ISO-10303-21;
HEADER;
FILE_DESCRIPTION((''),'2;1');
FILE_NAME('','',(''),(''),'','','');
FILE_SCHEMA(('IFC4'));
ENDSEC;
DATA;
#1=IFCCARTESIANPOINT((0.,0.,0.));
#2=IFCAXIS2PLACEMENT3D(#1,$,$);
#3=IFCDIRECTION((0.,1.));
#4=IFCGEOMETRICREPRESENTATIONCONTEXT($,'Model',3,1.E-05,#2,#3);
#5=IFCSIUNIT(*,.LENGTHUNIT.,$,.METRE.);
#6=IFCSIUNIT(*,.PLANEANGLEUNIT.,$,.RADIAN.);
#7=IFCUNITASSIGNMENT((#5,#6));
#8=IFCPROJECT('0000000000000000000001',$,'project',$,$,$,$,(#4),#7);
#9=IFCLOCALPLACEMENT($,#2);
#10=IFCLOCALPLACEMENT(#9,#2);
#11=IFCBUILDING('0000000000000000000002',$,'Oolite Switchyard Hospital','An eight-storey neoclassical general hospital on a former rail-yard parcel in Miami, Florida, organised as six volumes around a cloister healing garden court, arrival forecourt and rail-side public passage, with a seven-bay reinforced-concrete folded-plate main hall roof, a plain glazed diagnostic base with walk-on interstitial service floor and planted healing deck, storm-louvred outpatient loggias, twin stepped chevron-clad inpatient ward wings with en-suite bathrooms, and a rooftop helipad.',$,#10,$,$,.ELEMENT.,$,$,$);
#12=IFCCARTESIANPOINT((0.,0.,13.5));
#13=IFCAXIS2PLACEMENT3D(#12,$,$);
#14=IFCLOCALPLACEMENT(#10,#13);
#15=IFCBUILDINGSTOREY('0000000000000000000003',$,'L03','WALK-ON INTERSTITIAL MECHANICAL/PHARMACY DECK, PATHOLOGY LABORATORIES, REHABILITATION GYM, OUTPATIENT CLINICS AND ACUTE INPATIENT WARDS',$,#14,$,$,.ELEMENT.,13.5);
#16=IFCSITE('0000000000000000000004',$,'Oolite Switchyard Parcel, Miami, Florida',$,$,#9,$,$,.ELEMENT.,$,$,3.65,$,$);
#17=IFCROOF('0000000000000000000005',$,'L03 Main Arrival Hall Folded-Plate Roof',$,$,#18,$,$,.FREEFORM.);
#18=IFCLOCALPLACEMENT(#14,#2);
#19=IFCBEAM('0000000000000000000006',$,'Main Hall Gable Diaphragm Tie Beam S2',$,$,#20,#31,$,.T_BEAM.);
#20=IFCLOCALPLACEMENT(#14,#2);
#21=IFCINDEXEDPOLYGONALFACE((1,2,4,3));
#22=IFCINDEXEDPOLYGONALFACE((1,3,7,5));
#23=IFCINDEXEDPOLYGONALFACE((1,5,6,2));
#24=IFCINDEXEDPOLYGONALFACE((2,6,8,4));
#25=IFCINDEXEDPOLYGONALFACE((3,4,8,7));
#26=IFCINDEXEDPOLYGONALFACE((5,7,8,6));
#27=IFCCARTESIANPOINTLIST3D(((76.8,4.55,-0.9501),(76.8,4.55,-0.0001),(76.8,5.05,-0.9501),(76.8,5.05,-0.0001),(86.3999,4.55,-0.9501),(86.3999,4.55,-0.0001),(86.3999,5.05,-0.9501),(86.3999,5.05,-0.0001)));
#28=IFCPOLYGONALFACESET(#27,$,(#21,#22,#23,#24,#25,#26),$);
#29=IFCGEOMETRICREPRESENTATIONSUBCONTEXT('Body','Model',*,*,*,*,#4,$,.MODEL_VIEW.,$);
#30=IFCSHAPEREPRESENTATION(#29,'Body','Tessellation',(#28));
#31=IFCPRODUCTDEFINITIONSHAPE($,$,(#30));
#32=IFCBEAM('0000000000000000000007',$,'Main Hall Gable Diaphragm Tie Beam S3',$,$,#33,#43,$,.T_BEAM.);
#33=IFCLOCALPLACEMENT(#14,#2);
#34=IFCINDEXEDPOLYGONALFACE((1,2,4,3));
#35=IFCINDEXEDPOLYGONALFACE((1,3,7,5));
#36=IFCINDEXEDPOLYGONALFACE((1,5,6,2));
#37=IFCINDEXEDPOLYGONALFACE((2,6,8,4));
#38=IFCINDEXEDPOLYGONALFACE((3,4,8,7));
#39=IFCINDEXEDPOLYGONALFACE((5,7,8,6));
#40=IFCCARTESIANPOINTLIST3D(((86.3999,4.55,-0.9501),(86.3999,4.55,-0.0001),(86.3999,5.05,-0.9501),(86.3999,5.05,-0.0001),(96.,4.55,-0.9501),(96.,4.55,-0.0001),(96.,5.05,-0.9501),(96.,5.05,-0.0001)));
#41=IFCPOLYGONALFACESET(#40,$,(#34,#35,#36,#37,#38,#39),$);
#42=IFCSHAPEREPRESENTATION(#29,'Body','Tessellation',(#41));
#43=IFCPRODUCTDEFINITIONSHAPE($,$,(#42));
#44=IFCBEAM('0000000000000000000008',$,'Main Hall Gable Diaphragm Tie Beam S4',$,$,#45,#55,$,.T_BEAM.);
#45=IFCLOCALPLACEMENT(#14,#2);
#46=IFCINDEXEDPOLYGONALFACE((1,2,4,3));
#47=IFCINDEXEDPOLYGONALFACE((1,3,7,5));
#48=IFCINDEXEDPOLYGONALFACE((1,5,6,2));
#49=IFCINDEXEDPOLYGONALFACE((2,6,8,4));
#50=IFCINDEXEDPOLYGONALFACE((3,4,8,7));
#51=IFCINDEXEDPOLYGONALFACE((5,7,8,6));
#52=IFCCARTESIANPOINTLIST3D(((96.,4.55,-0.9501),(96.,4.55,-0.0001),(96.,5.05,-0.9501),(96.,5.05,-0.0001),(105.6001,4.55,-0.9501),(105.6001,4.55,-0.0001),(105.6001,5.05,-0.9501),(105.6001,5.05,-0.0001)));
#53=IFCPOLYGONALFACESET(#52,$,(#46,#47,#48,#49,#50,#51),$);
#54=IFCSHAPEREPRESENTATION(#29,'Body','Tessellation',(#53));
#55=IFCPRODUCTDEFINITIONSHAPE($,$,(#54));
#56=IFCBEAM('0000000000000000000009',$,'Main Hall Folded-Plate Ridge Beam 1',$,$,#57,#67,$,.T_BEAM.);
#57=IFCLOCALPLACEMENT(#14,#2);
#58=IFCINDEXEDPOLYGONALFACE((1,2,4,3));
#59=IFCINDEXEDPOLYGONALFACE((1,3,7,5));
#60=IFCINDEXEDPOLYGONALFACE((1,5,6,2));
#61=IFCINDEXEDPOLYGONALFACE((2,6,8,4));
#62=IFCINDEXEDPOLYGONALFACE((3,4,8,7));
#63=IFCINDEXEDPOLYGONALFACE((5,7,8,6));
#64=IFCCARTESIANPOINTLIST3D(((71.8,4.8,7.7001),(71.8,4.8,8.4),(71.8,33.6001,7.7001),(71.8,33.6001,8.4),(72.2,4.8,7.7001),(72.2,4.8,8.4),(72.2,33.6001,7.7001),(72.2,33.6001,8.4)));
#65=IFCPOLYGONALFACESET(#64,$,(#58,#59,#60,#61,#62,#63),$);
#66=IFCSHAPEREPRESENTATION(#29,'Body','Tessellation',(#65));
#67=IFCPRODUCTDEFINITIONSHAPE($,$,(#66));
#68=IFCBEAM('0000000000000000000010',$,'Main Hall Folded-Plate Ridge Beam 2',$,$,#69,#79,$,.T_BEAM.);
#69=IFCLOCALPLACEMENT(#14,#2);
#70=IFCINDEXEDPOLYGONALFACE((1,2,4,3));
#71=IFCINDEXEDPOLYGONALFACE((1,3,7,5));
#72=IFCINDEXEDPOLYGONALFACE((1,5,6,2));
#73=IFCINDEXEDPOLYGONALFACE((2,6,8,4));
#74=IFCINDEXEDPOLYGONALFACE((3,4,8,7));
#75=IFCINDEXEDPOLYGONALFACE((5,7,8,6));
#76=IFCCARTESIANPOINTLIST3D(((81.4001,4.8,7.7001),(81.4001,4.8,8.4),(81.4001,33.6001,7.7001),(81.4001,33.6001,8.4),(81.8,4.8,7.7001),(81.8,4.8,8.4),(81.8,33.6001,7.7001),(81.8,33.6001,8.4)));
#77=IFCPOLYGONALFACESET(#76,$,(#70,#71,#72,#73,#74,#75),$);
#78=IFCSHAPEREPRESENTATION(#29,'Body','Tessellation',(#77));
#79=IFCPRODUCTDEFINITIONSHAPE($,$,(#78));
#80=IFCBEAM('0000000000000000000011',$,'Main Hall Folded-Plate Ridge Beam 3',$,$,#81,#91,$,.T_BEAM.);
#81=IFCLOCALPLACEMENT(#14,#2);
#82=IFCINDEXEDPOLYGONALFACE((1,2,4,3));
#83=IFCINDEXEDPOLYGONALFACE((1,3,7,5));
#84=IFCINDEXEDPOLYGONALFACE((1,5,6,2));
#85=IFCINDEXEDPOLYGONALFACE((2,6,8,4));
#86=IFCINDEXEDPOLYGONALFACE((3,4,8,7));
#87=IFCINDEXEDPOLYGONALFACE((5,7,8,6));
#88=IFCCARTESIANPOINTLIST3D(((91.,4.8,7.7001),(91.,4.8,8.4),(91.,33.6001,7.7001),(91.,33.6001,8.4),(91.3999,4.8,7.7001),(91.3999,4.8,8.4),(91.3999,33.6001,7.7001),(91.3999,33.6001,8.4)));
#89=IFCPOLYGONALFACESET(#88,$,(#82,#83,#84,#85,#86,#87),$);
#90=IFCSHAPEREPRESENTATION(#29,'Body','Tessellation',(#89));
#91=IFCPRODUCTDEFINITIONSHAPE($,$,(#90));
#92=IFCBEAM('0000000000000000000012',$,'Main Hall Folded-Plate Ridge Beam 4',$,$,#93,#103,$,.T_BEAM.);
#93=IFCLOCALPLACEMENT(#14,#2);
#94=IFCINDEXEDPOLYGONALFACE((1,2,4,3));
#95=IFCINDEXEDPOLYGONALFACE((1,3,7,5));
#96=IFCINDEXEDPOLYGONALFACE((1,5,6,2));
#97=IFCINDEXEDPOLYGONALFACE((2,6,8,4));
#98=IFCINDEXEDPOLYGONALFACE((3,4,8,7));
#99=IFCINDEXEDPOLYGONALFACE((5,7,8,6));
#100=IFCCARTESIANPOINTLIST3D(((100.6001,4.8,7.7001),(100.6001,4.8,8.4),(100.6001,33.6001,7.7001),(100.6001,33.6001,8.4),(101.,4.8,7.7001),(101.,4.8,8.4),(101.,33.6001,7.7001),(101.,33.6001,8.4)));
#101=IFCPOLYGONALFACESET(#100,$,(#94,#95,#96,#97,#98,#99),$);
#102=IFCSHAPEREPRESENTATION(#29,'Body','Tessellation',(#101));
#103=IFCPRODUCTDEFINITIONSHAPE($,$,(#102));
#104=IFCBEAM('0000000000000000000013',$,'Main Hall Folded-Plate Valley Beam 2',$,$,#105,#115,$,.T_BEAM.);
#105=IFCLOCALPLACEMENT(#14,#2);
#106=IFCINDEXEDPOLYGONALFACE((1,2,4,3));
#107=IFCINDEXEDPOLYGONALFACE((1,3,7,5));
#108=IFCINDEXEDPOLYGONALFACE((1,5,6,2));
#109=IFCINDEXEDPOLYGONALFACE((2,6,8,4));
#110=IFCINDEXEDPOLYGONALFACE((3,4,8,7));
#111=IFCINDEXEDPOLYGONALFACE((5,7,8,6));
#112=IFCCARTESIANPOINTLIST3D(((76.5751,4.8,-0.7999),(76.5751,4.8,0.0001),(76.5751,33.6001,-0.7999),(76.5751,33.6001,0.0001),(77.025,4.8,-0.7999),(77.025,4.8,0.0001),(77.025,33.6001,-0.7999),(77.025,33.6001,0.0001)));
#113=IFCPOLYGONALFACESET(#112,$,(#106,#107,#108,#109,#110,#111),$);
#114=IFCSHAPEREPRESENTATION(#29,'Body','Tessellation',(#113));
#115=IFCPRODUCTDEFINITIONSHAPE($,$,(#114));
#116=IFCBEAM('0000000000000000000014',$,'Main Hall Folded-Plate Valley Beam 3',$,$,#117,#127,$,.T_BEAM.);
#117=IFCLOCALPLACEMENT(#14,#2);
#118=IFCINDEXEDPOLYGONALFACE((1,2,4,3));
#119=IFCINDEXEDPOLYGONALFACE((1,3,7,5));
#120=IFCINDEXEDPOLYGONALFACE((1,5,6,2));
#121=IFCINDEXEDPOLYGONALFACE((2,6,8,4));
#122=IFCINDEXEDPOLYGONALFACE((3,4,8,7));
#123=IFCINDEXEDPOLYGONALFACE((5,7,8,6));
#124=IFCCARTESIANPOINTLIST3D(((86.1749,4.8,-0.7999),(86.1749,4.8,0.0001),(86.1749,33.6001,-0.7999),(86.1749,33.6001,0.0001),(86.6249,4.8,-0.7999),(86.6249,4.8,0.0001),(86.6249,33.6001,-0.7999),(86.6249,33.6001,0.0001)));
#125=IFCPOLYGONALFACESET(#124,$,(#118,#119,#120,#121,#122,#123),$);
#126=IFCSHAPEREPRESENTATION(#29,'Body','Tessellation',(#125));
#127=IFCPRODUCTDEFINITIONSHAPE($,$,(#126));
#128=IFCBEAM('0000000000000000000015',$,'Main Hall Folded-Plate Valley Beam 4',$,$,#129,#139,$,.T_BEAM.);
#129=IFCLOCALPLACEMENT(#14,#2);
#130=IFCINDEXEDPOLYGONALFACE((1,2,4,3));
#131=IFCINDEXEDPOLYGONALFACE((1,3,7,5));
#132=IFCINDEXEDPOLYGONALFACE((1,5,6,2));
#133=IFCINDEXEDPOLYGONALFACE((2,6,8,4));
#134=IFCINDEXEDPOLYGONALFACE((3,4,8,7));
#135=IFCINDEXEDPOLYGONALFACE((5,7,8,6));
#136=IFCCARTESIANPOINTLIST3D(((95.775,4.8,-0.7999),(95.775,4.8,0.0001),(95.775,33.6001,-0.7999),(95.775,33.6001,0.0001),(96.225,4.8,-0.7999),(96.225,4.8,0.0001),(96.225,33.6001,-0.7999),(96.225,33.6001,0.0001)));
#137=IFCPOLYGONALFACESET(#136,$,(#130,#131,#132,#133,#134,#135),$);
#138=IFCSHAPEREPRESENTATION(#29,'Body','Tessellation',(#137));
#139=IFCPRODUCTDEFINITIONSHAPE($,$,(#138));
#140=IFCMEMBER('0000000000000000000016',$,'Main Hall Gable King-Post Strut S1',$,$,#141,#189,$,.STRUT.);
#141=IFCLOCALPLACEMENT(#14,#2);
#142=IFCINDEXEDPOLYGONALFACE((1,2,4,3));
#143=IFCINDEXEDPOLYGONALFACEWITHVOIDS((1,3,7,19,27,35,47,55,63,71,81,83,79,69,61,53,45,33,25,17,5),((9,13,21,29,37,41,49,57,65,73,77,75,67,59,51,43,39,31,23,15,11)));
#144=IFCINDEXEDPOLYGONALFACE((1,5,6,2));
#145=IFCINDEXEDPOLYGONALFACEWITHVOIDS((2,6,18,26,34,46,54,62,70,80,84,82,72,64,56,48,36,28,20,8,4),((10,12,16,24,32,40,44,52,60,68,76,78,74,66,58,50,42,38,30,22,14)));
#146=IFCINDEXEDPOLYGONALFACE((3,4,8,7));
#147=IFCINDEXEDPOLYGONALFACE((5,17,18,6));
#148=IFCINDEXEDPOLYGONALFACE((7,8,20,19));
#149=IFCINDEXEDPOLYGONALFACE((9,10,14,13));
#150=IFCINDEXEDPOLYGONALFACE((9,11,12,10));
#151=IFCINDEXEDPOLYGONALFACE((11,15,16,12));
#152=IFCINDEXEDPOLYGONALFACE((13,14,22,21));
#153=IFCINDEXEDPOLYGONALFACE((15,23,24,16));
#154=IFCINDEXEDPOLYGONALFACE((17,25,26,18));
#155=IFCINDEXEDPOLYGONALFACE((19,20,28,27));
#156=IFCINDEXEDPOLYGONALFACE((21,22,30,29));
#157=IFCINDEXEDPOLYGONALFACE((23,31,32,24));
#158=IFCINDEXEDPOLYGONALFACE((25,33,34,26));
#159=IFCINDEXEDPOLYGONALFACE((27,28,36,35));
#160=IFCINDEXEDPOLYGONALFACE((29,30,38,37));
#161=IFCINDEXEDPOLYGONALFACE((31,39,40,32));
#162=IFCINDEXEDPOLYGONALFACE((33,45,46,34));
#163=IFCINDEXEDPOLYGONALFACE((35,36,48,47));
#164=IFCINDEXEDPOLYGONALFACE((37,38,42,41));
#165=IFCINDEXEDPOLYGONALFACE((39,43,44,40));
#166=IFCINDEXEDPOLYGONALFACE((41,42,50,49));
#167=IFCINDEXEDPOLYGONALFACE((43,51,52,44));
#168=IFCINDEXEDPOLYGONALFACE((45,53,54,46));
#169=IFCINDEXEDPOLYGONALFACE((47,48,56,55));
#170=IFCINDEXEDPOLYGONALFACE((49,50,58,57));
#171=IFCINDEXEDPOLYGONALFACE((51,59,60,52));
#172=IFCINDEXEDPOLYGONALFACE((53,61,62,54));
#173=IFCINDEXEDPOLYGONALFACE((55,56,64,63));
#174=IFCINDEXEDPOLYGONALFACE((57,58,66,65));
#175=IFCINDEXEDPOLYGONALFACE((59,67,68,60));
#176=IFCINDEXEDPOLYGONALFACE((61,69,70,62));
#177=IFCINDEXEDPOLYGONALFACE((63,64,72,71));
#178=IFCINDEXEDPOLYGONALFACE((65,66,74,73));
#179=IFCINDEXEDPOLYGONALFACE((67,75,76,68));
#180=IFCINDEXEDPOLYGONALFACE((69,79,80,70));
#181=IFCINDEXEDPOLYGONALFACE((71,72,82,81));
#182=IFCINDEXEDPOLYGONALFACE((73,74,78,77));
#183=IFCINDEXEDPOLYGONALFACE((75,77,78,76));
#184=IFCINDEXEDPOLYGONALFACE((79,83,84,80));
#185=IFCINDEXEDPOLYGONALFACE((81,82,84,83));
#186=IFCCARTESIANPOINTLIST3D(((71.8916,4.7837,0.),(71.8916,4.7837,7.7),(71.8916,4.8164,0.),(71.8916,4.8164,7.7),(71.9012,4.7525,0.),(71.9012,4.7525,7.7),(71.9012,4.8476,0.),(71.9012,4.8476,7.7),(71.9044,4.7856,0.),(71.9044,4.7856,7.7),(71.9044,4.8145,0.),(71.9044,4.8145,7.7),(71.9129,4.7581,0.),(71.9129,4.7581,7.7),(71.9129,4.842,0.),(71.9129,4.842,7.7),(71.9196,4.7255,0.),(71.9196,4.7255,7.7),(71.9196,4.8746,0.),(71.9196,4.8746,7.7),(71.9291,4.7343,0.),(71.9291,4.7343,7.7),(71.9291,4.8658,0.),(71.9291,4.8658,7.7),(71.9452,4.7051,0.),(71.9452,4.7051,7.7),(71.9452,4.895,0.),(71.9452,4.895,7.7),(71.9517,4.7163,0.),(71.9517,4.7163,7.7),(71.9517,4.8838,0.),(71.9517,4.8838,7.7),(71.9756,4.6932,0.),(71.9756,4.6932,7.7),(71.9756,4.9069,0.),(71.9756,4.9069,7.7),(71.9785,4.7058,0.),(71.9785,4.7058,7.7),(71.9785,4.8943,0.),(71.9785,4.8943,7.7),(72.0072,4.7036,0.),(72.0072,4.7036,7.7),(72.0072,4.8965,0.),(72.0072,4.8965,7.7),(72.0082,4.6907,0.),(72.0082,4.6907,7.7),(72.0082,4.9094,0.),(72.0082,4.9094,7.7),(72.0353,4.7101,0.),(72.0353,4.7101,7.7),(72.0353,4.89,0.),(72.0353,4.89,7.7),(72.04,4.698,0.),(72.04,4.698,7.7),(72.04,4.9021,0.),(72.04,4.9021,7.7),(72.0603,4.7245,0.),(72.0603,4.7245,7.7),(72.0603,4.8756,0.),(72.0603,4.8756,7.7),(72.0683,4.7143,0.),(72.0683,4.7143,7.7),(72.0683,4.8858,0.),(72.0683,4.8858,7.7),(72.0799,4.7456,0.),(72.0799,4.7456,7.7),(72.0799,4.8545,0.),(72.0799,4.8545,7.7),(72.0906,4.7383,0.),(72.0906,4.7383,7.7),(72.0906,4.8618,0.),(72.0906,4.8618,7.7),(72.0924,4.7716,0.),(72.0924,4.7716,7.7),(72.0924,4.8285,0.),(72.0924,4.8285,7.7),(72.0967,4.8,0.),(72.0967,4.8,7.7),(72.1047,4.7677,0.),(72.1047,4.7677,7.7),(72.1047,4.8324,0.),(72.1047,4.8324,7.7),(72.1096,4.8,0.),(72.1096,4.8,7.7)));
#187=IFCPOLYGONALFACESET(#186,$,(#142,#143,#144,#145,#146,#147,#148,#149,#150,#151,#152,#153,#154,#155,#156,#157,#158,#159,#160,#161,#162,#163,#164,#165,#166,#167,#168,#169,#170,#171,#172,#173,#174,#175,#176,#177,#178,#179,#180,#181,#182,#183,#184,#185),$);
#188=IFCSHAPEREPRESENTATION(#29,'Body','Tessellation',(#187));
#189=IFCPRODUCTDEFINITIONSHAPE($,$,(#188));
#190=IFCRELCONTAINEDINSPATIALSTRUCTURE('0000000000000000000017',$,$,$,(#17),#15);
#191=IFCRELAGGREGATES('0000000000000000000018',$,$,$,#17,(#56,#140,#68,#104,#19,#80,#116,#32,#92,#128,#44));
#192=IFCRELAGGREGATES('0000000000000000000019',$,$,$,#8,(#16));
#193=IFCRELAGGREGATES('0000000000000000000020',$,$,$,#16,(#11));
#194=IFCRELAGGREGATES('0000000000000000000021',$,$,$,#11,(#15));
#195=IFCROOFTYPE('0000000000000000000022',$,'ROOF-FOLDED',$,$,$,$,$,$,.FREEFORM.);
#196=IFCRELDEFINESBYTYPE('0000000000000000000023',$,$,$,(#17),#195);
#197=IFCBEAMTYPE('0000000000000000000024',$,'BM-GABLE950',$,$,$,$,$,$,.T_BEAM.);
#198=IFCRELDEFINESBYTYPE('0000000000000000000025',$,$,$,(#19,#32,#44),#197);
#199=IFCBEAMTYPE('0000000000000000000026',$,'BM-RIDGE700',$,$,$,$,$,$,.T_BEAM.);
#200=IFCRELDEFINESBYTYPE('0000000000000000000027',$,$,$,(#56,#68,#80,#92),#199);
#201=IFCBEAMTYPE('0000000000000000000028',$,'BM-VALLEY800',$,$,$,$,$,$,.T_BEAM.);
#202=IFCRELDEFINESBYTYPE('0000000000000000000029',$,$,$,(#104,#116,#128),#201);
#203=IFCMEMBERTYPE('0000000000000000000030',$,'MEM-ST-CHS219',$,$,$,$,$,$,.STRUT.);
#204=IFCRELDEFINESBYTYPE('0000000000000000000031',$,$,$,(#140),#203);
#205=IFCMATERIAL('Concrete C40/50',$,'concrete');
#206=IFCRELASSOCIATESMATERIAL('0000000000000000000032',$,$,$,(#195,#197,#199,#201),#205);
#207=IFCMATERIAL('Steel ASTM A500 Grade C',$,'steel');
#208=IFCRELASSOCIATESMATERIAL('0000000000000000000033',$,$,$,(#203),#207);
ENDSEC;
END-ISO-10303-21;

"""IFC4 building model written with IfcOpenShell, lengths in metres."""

from ifc_helpers import new_model, si_unit, direction, frame, origin, origin_2d, place, context, subcontext, project, spatial, rectangle, hollow_circle, extrude, material, material_profile, profile_set, type_object, element, aggregate, save


model = new_model("IFC4")

# Units and contexts
model_context = context("Model", 3, precision=1e-05, world=origin(), true_north=direction((0.0, 1.0)))
body_context = subcontext(model_context, "Body", "Model", "MODEL_VIEW")
ifc_project = project(units=[si_unit("LENGTHUNIT", "METRE"), si_unit("PLANEANGLEUNIT", "RADIAN")], contexts=[model_context])

# Site, building, storey
site_placement = place(None, origin())
site = spatial("IfcSite", under=ifc_project, at=site_placement, Name="Oolite Switchyard Parcel, Miami, Florida", CompositionType="ELEMENT", RefElevation=3.65)
building_placement = place(site_placement, origin())
building = spatial("IfcBuilding", under=site, at=building_placement, Name="Oolite Switchyard Hospital", Description="An eight-storey neoclassical general hospital on a former rail-yard parcel in Miami, Florida, organised as six volumes around a cloister healing garden court, arrival forecourt and rail-side public passage, with a seven-bay reinforced-concrete folded-plate main hall roof, a plain glazed diagnostic base with walk-on interstitial service floor and planted healing deck, storm-louvred outpatient loggias, twin stepped chevron-clad inpatient ward wings with en-suite bathrooms, and a rooftop helipad.", CompositionType="ELEMENT")
storey_placement = place(building_placement, frame((0.0, 0.0, 13.5)))
storey = spatial("IfcBuildingStorey", under=building, at=storey_placement, Name="L03", Description="WALK-ON INTERSTITIAL MECHANICAL/PHARMACY DECK, PATHOLOGY LABORATORIES, REHABILITATION GYM, OUTPATIENT CLINICS AND ACUTE INPATIENT WARDS", CompositionType="ELEMENT", Elevation=13.5)

# Roof, beams, member
ifc_material_1 = material(Name="Concrete C40/50", Category="concrete")
roof_type = type_object("IfcRoofType", Name="ROOF-FOLDED", PredefinedType="FREEFORM", material=ifc_material_1)
roof_placement = place(storey_placement, origin())
roof = element("IfcRoof", 1, at=roof_placement, inside=storey, type_object=roof_type, Name="L03 Main Arrival Hall Folded-Plate Roof", PredefinedType="FREEFORM")
ifc_material_profile_1 = material_profile(ifc_material_1, rectangle(XDim=0.5, YDim=0.95, at=origin_2d()), Name="RCG500X950")
ifc_profile_set_1 = profile_set([ifc_material_profile_1], Name="Concrete C40/50")
beam_type_1 = type_object("IfcBeamType", Name="BM-GABLE950", PredefinedType="T_BEAM", material=ifc_profile_set_1)
beam_1_placement = place(storey_placement, frame((76.8, 4.8, -0.4751), z_axis=(1.0, 0.0, 0.0), x_axis=(0.0, 1.0, 0.0)))
beam_1 = element("IfcBeam", 2, at=beam_1_placement, type_object=beam_type_1, Name="Main Hall Gable Diaphragm Tie Beam S2", PredefinedType="T_BEAM", context=body_context, shape_type="SweptSolid", body=[
    extrude(rectangle(XDim=0.5, YDim=0.95, at=origin_2d()), origin(), (0.0, 0.0, 1.0), 9.5999),
])
beam_2_placement = place(storey_placement, frame((86.3999, 4.8, -0.4751), z_axis=(1.0, 0.0, 0.0), x_axis=(0.0, 1.0, 0.0)))
beam_2 = element("IfcBeam", 3, at=beam_2_placement, type_object=beam_type_1, Name="Main Hall Gable Diaphragm Tie Beam S3", PredefinedType="T_BEAM", context=body_context, shape_type="SweptSolid", body=[
    extrude(rectangle(XDim=0.5, YDim=0.95, at=origin_2d()), origin(), (0.0, 0.0, 1.0), 9.6001),
])
beam_3_placement = place(storey_placement, frame((96.0, 4.8, -0.4751), z_axis=(1.0, 0.0, 0.0), x_axis=(0.0, 1.0, 0.0)))
beam_3 = element("IfcBeam", 4, at=beam_3_placement, type_object=beam_type_1, Name="Main Hall Gable Diaphragm Tie Beam S4", PredefinedType="T_BEAM", context=body_context, shape_type="SweptSolid", body=[
    extrude(rectangle(XDim=0.5, YDim=0.95, at=origin_2d()), origin(), (0.0, 0.0, 1.0), 9.6001),
])
ifc_material_profile_2 = material_profile(ifc_material_1, rectangle(XDim=0.3999, YDim=0.7, at=origin_2d()), Name="RCR400X700")
ifc_profile_set_2 = profile_set([ifc_material_profile_2], Name="Concrete C40/50")
beam_type_2 = type_object("IfcBeamType", Name="BM-RIDGE700", PredefinedType="T_BEAM", material=ifc_profile_set_2)
beam_4_placement = place(storey_placement, frame((72.0, 4.8, 8.05), z_axis=(0.0, 1.0, 0.0), x_axis=(-1.0, 0.0, 0.0)))
beam_4 = element("IfcBeam", 5, at=beam_4_placement, type_object=beam_type_2, Name="Main Hall Folded-Plate Ridge Beam 1", PredefinedType="T_BEAM", context=body_context, shape_type="SweptSolid", body=[
    extrude(rectangle(XDim=0.3999, YDim=0.7, at=origin_2d()), origin(), (0.0, 0.0, 1.0), 28.8),
])
beam_5_placement = place(storey_placement, frame((81.6001, 4.8, 8.05), z_axis=(0.0, 1.0, 0.0), x_axis=(-1.0, 0.0, 0.0)))
beam_5 = element("IfcBeam", 6, at=beam_5_placement, type_object=beam_type_2, Name="Main Hall Folded-Plate Ridge Beam 2", PredefinedType="T_BEAM", context=body_context, shape_type="SweptSolid", body=[
    extrude(rectangle(XDim=0.3999, YDim=0.7, at=origin_2d()), origin(), (0.0, 0.0, 1.0), 28.8),
])
beam_6_placement = place(storey_placement, frame((91.2, 4.8, 8.05), z_axis=(0.0, 1.0, 0.0), x_axis=(-1.0, 0.0, 0.0)))
beam_6 = element("IfcBeam", 7, at=beam_6_placement, type_object=beam_type_2, Name="Main Hall Folded-Plate Ridge Beam 3", PredefinedType="T_BEAM", context=body_context, shape_type="SweptSolid", body=[
    extrude(rectangle(XDim=0.3999, YDim=0.7, at=origin_2d()), origin(), (0.0, 0.0, 1.0), 28.8),
])
beam_7_placement = place(storey_placement, frame((100.8, 4.8, 8.05), z_axis=(0.0, 1.0, 0.0), x_axis=(-1.0, 0.0, 0.0)))
beam_7 = element("IfcBeam", 8, at=beam_7_placement, type_object=beam_type_2, Name="Main Hall Folded-Plate Ridge Beam 4", PredefinedType="T_BEAM", context=body_context, shape_type="SweptSolid", body=[
    extrude(rectangle(XDim=0.3999, YDim=0.7, at=origin_2d()), origin(), (0.0, 0.0, 1.0), 28.8),
])
ifc_material_profile_3 = material_profile(ifc_material_1, rectangle(XDim=0.45, YDim=0.8, at=origin_2d()), Name="RCV450X800")
ifc_profile_set_3 = profile_set([ifc_material_profile_3], Name="Concrete C40/50")
beam_type_3 = type_object("IfcBeamType", Name="BM-VALLEY800", PredefinedType="T_BEAM", material=ifc_profile_set_3)
beam_8_placement = place(storey_placement, frame((76.8, 4.8, -0.3999), z_axis=(0.0, 1.0, 0.0), x_axis=(-1.0, 0.0, 0.0)))
beam_8 = element("IfcBeam", 9, at=beam_8_placement, type_object=beam_type_3, Name="Main Hall Folded-Plate Valley Beam 2", PredefinedType="T_BEAM", context=body_context, shape_type="SweptSolid", body=[
    extrude(rectangle(XDim=0.45, YDim=0.8, at=origin_2d()), origin(), (0.0, 0.0, 1.0), 28.8),
])
beam_9_placement = place(storey_placement, frame((86.3999, 4.8, -0.3999), z_axis=(0.0, 1.0, 0.0), x_axis=(-1.0, 0.0, 0.0)))
beam_9 = element("IfcBeam", 10, at=beam_9_placement, type_object=beam_type_3, Name="Main Hall Folded-Plate Valley Beam 3", PredefinedType="T_BEAM", context=body_context, shape_type="SweptSolid", body=[
    extrude(rectangle(XDim=0.45, YDim=0.8, at=origin_2d()), origin(), (0.0, 0.0, 1.0), 28.8),
])
beam_10_placement = place(storey_placement, frame((96.0, 4.8, -0.3999), z_axis=(0.0, 1.0, 0.0), x_axis=(-1.0, 0.0, 0.0)))
beam_10 = element("IfcBeam", 11, at=beam_10_placement, type_object=beam_type_3, Name="Main Hall Folded-Plate Valley Beam 4", PredefinedType="T_BEAM", context=body_context, shape_type="SweptSolid", body=[
    extrude(rectangle(XDim=0.45, YDim=0.8, at=origin_2d()), origin(), (0.0, 0.0, 1.0), 28.8),
])
ifc_material_2 = material(Name="Steel ASTM A500 Grade C", Category="steel")
ifc_material_profile_4 = material_profile(ifc_material_2, hollow_circle(Radius=0.1096, WallThickness=0.0129, at=origin_2d()), Name="HSS219X13")
ifc_profile_set_4 = profile_set([ifc_material_profile_4], Name="Steel ASTM A500 Grade C")
member_type = type_object("IfcMemberType", Name="MEM-ST-CHS219", PredefinedType="STRUT", material=ifc_profile_set_4)
member_1_placement = place(storey_placement, frame((72.0, 4.8, 0.0), z_axis=(0.0, 0.0, 1.0), x_axis=(1.0, 0.0, 0.0)))
member_1 = element("IfcMember", 12, at=member_1_placement, type_object=member_type, Name="Main Hall Gable King-Post Strut S1", PredefinedType="STRUT", context=body_context, shape_type="SweptSolid", body=[
    extrude(hollow_circle(Radius=0.1096, WallThickness=0.0129, at=origin_2d()), origin(), (0.0, 0.0, 1.0), 7.7),
])

aggregate(roof, [beam_4, member_1, beam_5, beam_8, beam_1, beam_6, beam_9, beam_2, beam_7, beam_10, beam_3])

save(model, "model.ifc")
